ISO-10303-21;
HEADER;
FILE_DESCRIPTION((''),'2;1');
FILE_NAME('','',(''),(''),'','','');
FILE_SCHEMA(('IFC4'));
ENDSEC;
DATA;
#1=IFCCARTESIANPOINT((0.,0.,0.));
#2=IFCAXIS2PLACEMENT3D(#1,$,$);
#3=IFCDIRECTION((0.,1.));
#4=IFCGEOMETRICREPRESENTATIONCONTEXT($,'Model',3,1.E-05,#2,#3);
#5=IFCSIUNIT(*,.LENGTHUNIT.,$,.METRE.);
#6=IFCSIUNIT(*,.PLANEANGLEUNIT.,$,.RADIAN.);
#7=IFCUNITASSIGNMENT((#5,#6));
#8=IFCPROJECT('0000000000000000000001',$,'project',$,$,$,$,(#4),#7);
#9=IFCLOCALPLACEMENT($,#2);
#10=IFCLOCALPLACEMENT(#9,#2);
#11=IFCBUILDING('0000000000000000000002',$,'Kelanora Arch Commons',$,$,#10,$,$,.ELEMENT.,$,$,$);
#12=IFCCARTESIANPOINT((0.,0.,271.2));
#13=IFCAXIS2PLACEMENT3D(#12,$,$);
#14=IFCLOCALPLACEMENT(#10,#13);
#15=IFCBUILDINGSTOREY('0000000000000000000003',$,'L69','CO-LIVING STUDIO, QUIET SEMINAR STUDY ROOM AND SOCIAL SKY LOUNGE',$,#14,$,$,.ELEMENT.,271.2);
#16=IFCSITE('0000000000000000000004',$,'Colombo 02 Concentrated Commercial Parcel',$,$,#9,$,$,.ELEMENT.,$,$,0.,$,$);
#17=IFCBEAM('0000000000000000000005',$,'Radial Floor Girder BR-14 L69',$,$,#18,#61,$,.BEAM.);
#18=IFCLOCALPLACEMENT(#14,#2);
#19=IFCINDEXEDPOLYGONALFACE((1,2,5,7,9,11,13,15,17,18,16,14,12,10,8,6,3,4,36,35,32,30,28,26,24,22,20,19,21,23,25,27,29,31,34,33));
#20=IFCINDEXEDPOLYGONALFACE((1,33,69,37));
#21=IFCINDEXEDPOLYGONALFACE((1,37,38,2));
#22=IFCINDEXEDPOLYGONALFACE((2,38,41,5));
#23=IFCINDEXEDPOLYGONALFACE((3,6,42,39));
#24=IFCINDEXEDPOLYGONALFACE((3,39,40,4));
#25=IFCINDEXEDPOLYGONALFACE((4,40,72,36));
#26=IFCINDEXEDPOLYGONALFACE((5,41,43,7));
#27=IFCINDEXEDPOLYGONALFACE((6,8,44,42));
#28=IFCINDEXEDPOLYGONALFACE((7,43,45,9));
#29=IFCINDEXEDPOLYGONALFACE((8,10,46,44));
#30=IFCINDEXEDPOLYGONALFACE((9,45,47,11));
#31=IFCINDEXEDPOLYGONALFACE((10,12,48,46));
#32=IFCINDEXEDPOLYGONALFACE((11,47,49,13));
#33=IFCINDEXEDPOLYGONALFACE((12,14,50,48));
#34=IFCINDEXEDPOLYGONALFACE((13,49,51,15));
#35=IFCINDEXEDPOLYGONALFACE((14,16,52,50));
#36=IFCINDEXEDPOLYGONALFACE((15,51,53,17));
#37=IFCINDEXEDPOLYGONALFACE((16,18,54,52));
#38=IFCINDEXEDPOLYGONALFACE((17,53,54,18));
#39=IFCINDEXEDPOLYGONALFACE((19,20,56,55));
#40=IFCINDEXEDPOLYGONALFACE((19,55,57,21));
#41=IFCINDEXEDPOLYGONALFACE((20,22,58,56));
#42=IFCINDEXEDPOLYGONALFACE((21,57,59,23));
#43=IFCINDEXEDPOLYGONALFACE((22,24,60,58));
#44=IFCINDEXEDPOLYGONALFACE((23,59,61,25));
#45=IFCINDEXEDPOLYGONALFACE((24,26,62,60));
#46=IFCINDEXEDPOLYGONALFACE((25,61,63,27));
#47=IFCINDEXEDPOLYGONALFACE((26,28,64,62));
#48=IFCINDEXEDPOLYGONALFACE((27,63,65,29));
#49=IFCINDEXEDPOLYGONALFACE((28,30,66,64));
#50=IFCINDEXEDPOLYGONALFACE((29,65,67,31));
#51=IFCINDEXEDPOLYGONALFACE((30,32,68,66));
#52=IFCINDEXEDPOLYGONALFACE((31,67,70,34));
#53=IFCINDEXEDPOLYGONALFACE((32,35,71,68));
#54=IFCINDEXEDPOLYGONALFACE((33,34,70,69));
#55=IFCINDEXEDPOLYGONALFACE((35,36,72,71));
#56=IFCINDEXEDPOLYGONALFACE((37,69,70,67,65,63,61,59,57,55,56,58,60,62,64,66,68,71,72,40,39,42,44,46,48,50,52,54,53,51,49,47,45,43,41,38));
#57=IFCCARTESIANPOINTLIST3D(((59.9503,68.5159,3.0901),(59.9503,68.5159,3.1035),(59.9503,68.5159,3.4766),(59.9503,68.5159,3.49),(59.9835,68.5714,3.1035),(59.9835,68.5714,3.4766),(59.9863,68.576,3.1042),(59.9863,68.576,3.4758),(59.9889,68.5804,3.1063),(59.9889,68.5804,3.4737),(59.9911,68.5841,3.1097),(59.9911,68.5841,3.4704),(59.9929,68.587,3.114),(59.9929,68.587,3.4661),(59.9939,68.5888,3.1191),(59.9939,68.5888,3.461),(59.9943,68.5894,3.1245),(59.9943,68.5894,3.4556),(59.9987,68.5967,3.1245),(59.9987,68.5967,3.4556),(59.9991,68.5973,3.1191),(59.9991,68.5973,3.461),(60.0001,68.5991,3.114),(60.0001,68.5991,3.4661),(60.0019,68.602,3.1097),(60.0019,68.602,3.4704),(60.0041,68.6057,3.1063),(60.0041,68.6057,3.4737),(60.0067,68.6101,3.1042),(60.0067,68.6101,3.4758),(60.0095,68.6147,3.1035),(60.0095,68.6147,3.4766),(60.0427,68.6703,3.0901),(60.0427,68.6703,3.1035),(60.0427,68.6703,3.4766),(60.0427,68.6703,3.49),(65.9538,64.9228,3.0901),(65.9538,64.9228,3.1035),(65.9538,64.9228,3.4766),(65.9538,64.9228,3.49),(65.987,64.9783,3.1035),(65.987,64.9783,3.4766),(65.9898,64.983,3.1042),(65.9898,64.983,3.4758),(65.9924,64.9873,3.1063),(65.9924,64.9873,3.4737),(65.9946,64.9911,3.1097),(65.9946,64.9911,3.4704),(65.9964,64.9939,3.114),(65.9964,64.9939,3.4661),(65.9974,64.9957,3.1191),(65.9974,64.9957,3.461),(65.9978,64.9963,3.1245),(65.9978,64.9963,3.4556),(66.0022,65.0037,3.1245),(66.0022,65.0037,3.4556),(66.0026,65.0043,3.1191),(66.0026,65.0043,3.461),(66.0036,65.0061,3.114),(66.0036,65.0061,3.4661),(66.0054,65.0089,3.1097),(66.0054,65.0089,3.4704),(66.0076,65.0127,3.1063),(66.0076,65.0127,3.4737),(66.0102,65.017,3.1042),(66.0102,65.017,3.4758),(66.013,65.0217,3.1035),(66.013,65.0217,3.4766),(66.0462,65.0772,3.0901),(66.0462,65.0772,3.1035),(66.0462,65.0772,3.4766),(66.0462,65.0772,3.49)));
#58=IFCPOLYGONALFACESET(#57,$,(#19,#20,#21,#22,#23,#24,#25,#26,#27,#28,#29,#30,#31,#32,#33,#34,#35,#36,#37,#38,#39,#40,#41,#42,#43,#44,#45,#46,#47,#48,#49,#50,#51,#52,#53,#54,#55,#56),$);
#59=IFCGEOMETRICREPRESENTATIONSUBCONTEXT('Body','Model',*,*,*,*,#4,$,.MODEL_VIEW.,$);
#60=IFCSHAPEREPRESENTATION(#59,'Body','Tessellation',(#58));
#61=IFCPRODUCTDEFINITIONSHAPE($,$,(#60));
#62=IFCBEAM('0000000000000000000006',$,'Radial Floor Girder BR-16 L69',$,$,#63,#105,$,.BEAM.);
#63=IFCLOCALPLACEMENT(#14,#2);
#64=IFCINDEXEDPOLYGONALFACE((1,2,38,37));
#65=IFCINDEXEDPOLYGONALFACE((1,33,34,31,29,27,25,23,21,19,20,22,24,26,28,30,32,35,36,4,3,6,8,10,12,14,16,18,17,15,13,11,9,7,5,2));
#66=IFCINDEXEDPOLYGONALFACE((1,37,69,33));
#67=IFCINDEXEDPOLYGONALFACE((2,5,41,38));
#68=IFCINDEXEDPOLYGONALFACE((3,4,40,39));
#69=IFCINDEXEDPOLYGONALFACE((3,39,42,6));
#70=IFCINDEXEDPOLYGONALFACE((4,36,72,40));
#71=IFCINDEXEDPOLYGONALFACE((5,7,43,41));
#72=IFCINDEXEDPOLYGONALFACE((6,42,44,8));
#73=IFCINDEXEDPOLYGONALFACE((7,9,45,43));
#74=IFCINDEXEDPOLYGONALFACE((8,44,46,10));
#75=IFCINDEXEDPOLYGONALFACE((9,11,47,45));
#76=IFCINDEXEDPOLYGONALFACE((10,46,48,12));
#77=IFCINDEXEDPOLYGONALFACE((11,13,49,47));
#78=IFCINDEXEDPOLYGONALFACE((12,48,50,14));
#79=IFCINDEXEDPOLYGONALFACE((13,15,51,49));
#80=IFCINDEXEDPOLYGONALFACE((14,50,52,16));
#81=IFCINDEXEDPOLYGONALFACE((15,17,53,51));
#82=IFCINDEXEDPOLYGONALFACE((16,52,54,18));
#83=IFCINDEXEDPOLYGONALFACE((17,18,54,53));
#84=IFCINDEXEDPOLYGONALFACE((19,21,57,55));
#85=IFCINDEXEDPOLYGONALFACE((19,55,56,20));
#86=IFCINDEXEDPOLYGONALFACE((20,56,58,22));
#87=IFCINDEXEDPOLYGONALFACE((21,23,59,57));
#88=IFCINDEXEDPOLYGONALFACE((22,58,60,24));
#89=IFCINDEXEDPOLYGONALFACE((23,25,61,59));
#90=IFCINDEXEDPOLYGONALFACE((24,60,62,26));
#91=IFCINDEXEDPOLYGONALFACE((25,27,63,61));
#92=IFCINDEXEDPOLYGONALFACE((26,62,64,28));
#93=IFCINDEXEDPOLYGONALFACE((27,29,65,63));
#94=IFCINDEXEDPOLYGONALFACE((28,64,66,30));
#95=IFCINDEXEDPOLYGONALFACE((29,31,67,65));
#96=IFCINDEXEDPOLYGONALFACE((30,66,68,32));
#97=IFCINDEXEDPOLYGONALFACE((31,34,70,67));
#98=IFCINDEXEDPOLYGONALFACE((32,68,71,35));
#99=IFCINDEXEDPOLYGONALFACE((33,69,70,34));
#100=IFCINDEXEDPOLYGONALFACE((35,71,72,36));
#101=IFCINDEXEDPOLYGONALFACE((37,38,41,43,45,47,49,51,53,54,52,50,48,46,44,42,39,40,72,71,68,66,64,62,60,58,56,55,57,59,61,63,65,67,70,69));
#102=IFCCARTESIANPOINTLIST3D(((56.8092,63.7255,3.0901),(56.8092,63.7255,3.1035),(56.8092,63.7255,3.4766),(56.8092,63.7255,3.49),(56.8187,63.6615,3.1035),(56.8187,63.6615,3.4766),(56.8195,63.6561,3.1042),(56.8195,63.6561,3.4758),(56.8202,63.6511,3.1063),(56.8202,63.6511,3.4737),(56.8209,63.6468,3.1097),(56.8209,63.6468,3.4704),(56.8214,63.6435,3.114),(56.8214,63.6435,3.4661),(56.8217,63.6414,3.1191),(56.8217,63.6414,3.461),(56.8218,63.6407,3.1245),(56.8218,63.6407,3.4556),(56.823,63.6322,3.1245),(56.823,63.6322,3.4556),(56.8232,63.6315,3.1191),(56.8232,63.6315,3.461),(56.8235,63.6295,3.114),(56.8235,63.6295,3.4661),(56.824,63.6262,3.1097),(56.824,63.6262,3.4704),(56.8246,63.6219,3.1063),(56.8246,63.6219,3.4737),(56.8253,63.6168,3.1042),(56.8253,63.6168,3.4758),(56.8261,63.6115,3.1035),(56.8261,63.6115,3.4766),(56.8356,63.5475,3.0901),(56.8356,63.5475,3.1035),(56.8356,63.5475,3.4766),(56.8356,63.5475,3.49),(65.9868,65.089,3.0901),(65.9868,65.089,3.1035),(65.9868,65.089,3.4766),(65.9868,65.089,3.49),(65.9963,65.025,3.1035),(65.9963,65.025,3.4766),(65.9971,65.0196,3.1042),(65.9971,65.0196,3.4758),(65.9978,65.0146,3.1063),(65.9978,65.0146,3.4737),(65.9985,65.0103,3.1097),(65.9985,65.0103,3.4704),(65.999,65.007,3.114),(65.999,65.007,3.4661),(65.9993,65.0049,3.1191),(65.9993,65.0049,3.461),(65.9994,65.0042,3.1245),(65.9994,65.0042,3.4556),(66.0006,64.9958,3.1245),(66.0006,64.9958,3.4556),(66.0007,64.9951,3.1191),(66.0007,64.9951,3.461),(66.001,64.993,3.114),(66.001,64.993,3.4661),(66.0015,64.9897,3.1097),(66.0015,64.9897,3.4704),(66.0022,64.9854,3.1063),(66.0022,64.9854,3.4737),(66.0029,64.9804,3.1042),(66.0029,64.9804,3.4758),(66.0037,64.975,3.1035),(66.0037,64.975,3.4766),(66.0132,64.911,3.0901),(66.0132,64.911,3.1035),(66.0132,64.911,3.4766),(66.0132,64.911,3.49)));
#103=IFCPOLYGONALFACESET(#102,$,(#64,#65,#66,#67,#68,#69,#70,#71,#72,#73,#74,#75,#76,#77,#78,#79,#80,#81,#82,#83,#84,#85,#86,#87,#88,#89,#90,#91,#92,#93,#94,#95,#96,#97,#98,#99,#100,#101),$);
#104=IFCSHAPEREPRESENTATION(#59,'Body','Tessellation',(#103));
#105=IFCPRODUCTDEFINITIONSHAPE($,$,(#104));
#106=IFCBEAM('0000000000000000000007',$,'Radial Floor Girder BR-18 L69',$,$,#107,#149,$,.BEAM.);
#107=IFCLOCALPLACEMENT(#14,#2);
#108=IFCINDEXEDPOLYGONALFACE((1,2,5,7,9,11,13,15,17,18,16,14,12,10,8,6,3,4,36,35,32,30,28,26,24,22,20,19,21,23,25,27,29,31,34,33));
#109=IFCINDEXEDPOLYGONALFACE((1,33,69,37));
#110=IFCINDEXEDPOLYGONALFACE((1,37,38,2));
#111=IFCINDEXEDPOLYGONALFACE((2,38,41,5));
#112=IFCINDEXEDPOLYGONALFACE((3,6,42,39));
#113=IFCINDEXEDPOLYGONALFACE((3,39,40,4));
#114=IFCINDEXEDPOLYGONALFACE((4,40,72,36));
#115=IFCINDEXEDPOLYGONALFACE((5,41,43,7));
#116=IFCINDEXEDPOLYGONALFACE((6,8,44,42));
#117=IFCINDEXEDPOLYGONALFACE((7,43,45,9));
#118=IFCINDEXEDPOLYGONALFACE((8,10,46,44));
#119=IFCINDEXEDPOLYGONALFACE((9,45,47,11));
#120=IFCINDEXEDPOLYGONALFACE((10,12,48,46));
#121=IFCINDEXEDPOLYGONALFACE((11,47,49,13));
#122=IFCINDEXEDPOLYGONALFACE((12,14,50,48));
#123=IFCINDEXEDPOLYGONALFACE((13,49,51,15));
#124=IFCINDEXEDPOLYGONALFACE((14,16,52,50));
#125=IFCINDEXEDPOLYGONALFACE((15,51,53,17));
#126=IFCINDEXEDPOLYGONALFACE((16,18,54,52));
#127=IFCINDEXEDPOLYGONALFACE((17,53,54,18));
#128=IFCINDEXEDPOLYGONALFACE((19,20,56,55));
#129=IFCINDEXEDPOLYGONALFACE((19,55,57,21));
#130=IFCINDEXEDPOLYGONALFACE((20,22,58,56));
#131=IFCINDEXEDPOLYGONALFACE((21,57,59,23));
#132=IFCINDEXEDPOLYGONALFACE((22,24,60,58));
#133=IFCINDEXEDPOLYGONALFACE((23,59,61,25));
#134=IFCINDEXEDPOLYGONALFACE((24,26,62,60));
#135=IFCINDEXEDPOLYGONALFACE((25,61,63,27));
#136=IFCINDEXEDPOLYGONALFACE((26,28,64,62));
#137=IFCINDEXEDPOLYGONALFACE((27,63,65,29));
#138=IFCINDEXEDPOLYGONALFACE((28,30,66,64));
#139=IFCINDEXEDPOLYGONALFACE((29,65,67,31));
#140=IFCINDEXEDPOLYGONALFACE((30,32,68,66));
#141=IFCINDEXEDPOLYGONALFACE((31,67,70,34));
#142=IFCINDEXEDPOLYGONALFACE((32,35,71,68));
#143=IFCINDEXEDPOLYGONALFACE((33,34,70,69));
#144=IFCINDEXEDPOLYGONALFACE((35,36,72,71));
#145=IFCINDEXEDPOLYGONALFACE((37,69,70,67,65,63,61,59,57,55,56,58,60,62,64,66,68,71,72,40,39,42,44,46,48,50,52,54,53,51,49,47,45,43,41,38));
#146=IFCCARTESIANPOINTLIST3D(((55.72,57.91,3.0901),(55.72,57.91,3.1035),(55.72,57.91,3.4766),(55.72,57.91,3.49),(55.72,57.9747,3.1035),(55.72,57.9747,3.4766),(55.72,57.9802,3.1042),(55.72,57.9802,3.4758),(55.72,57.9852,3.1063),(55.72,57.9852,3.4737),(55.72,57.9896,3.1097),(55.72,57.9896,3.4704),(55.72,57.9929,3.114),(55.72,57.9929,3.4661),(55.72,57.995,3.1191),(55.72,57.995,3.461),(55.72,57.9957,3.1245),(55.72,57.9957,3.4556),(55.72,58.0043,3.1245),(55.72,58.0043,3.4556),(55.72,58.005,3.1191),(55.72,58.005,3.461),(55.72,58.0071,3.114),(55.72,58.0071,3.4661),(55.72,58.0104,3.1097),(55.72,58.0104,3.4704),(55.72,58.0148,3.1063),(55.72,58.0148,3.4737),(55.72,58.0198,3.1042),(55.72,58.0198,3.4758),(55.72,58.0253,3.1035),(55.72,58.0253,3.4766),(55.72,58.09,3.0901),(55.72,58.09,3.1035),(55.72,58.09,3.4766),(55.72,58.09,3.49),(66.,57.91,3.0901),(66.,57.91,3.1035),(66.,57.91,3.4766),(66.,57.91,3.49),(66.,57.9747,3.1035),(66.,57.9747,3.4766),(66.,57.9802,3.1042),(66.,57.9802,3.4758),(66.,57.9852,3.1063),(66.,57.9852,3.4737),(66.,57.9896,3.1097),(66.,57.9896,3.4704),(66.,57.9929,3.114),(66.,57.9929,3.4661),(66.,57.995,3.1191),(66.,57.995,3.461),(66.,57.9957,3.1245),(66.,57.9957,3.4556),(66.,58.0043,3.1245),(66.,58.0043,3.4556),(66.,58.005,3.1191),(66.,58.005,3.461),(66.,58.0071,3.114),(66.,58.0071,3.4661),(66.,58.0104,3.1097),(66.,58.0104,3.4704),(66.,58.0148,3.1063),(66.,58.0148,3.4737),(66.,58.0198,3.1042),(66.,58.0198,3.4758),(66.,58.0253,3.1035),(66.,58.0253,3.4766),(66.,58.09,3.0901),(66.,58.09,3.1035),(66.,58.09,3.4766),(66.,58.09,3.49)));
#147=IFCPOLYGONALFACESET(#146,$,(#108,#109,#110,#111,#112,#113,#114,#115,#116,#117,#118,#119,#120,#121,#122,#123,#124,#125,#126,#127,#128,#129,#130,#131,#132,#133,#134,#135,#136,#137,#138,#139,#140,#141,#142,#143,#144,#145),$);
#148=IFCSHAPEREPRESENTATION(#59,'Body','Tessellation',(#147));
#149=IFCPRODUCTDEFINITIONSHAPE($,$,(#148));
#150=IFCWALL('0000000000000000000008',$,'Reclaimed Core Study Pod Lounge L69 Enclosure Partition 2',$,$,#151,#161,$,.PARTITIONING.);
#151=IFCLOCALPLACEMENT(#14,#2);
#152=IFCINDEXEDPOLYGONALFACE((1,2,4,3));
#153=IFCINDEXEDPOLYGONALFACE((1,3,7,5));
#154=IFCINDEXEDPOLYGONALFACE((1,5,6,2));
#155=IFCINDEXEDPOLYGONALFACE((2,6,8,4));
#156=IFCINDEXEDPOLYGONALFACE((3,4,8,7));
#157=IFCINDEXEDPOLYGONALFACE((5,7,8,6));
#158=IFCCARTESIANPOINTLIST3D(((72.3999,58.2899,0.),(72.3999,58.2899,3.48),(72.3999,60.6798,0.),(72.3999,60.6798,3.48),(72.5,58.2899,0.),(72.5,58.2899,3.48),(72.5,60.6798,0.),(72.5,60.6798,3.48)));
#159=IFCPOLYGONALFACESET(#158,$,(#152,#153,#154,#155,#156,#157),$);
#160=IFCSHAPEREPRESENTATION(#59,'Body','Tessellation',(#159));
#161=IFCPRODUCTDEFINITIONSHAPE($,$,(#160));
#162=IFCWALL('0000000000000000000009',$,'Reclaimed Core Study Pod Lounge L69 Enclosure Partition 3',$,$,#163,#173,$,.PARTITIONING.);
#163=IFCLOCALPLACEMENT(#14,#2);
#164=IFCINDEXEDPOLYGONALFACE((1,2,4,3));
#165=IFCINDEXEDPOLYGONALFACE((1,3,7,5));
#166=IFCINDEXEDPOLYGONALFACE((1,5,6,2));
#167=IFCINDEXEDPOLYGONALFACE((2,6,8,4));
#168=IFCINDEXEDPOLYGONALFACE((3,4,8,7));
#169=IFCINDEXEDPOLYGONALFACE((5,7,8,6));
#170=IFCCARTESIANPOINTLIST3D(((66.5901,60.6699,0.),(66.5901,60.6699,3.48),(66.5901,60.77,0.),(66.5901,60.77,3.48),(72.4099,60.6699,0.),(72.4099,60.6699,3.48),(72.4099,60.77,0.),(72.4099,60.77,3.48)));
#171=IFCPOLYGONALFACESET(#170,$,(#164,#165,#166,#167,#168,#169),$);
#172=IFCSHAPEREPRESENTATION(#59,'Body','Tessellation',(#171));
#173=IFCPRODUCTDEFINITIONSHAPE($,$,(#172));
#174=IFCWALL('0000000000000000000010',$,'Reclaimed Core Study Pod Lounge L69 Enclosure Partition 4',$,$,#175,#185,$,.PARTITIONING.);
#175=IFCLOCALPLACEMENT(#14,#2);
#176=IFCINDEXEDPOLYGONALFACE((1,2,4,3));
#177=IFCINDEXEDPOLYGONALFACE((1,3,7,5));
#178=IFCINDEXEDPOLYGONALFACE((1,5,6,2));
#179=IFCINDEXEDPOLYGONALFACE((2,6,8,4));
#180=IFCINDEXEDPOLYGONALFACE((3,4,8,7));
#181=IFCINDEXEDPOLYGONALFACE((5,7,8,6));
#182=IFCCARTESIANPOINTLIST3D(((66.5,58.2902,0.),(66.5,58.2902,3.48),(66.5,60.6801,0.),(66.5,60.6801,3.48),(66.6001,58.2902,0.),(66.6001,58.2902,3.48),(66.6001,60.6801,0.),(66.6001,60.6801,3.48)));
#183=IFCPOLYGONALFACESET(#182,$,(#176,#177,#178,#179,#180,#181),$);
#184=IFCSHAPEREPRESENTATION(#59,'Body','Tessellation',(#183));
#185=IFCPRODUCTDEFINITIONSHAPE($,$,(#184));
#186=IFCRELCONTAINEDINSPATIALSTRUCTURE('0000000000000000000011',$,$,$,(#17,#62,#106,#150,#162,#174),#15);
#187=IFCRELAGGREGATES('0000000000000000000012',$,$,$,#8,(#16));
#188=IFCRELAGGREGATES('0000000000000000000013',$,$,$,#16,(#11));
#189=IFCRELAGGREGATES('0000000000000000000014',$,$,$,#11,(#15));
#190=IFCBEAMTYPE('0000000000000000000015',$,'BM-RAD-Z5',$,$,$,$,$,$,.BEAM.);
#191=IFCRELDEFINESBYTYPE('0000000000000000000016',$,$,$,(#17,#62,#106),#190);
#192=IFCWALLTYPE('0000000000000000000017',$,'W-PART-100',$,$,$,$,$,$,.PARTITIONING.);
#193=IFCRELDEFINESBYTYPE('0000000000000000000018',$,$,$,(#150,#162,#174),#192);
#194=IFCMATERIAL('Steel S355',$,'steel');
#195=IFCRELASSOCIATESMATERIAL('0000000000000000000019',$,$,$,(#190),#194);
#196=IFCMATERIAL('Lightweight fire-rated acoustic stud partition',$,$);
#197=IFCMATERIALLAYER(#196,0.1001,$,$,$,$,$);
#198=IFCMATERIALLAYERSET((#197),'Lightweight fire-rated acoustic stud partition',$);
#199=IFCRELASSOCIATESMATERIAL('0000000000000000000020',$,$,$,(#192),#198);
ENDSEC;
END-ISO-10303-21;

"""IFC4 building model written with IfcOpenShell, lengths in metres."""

from ifc_helpers import new_model, si_unit, direction, frame, frame_2d, origin, origin_2d, place, context, subcontext, project, spatial, rectangle, i_section, extrude, material, layer, layer_set, material_profile, profile_set, type_object, element, save


model = new_model("IFC4")

# Units and contexts
model_context = context("Model", 3, precision=1e-05, world=origin(), true_north=direction((0.0, 1.0)))
body_context = subcontext(model_context, "Body", "Model", "MODEL_VIEW")
ifc_project = project(units=[si_unit("LENGTHUNIT", "METRE"), si_unit("PLANEANGLEUNIT", "RADIAN")], contexts=[model_context])

# Site, building, storey
site_placement = place(None, origin())
site = spatial("IfcSite", under=ifc_project, at=site_placement, Name="Colombo 02 Concentrated Commercial Parcel", CompositionType="ELEMENT", RefElevation=0.0)
building_placement = place(site_placement, origin())
building = spatial("IfcBuilding", under=site, at=building_placement, Name="Kelanora Arch Commons", CompositionType="ELEMENT")
storey_placement = place(building_placement, frame((0.0, 0.0, 271.2)))
storey = spatial("IfcBuildingStorey", under=building, at=storey_placement, Name="L69", Description="CO-LIVING STUDIO, QUIET SEMINAR STUDY ROOM AND SOCIAL SKY LOUNGE", CompositionType="ELEMENT", Elevation=271.2)

# Beams
ifc_material_1 = material(Name="Steel S355", Category="steel")
ifc_material_profile_1 = material_profile(ifc_material_1, i_section(OverallWidth=0.1799, OverallDepth=0.3999, WebThickness=0.0085, FlangeThickness=0.0134, FilletRadius=0.021, at=origin_2d()), Name="IPE400")
ifc_profile_set_1 = profile_set([ifc_material_profile_1], Name="Steel S355")
beam_type_1 = type_object("IfcBeamType", Name="BM-RAD-Z5", PredefinedType="BEAM", material=ifc_profile_set_1)
beam_1_placement = place(storey_placement, frame((66.0, 65.0, 3.29), z_axis=(-0.858062, 0.513546, 0.0), x_axis=(-0.513546, -0.858062, 0.0)))
element("IfcBeam", 1, at=beam_1_placement, inside=storey, type_object=beam_type_1, Name="Radial Floor Girder BR-14 L69", PredefinedType="BEAM", context=body_context, shape_type="SweptSolid", body=[
    extrude(i_section(OverallWidth=0.1799, OverallDepth=0.3999, WebThickness=0.0085, FlangeThickness=0.0134, FilletRadius=0.021, at=origin_2d()), origin(), (0.0, 0.0, 1.0), 6.9966),
])
beam_2_placement = place(storey_placement, frame((66.0, 65.0, 3.29), z_axis=(-0.989142, -0.14696, 0.0), x_axis=(0.14696, -0.989142, 0.0)))
element("IfcBeam", 2, at=beam_2_placement, inside=storey, type_object=beam_type_1, Name="Radial Floor Girder BR-16 L69", PredefinedType="BEAM", context=body_context, shape_type="SweptSolid", body=[
    extrude(i_section(OverallWidth=0.1799, OverallDepth=0.3999, WebThickness=0.0085, FlangeThickness=0.0134, FilletRadius=0.021, at=origin_2d()), origin(), (0.0, 0.0, 1.0), 9.2783),
])
beam_3_placement = place(storey_placement, frame((66.0, 58.0, 3.29), z_axis=(-1.0, 0.0, 0.0), x_axis=(0.0, -1.0, 0.0)))
element("IfcBeam", 3, at=beam_3_placement, inside=storey, type_object=beam_type_1, Name="Radial Floor Girder BR-18 L69", PredefinedType="BEAM", context=body_context, shape_type="SweptSolid", body=[
    extrude(i_section(OverallWidth=0.1799, OverallDepth=0.3999, WebThickness=0.0085, FlangeThickness=0.0134, FilletRadius=0.021, at=origin_2d()), origin(), (0.0, 0.0, 1.0), 10.28),
])

# Walls
ifc_material_2 = material(Name="Lightweight fire-rated acoustic stud partition")
ifc_layer_1 = layer(ifc_material_2, 0.1001)
ifc_layer_set_1 = layer_set([ifc_layer_1], Name="Lightweight fire-rated acoustic stud partition")
wall_type_1 = type_object("IfcWallType", Name="W-PART-100", PredefinedType="PARTITIONING", material=ifc_layer_set_1)
wall_1_placement = place(storey_placement, frame((72.45, 58.29, 0.0), z_axis=(0.0, 0.0, 1.0), x_axis=(0.0, 1.0, 0.0)))
element("IfcWall", 4, at=wall_1_placement, inside=storey, type_object=wall_type_1, Name="Reclaimed Core Study Pod Lounge L69 Enclosure Partition 2", PredefinedType="PARTITIONING", context=body_context, shape_type="SweptSolid", body=[
    extrude(rectangle(XDim=2.3899, YDim=0.1001, at=frame_2d((1.1948, 0.0))), origin(), (0.0, 0.0, 1.0), 3.48),
])
wall_2_placement = place(storey_placement, frame((72.4099, 60.72, 0.0), z_axis=(0.0, 0.0, 1.0), x_axis=(-1.0, 0.0, 0.0)))
element("IfcWall", 5, at=wall_2_placement, inside=storey, type_object=wall_type_1, Name="Reclaimed Core Study Pod Lounge L69 Enclosure Partition 3", PredefinedType="PARTITIONING", context=body_context, shape_type="SweptSolid", body=[
    extrude(rectangle(XDim=5.8198, YDim=0.1001, at=frame_2d((2.9099, 0.0))), origin(), (0.0, 0.0, 1.0), 3.48),
])
wall_3_placement = place(storey_placement, frame((66.55, 60.6799, 0.0), z_axis=(0.0, 0.0, 1.0), x_axis=(0.0, -1.0, 0.0)))
element("IfcWall", 6, at=wall_3_placement, inside=storey, type_object=wall_type_1, Name="Reclaimed Core Study Pod Lounge L69 Enclosure Partition 4", PredefinedType="PARTITIONING", context=body_context, shape_type="SweptSolid", body=[
    extrude(rectangle(XDim=2.3899, YDim=0.1001, at=frame_2d((1.1948, 0.0))), origin(), (0.0, 0.0, 1.0), 3.48),
])

save(model, "model.ifc")
